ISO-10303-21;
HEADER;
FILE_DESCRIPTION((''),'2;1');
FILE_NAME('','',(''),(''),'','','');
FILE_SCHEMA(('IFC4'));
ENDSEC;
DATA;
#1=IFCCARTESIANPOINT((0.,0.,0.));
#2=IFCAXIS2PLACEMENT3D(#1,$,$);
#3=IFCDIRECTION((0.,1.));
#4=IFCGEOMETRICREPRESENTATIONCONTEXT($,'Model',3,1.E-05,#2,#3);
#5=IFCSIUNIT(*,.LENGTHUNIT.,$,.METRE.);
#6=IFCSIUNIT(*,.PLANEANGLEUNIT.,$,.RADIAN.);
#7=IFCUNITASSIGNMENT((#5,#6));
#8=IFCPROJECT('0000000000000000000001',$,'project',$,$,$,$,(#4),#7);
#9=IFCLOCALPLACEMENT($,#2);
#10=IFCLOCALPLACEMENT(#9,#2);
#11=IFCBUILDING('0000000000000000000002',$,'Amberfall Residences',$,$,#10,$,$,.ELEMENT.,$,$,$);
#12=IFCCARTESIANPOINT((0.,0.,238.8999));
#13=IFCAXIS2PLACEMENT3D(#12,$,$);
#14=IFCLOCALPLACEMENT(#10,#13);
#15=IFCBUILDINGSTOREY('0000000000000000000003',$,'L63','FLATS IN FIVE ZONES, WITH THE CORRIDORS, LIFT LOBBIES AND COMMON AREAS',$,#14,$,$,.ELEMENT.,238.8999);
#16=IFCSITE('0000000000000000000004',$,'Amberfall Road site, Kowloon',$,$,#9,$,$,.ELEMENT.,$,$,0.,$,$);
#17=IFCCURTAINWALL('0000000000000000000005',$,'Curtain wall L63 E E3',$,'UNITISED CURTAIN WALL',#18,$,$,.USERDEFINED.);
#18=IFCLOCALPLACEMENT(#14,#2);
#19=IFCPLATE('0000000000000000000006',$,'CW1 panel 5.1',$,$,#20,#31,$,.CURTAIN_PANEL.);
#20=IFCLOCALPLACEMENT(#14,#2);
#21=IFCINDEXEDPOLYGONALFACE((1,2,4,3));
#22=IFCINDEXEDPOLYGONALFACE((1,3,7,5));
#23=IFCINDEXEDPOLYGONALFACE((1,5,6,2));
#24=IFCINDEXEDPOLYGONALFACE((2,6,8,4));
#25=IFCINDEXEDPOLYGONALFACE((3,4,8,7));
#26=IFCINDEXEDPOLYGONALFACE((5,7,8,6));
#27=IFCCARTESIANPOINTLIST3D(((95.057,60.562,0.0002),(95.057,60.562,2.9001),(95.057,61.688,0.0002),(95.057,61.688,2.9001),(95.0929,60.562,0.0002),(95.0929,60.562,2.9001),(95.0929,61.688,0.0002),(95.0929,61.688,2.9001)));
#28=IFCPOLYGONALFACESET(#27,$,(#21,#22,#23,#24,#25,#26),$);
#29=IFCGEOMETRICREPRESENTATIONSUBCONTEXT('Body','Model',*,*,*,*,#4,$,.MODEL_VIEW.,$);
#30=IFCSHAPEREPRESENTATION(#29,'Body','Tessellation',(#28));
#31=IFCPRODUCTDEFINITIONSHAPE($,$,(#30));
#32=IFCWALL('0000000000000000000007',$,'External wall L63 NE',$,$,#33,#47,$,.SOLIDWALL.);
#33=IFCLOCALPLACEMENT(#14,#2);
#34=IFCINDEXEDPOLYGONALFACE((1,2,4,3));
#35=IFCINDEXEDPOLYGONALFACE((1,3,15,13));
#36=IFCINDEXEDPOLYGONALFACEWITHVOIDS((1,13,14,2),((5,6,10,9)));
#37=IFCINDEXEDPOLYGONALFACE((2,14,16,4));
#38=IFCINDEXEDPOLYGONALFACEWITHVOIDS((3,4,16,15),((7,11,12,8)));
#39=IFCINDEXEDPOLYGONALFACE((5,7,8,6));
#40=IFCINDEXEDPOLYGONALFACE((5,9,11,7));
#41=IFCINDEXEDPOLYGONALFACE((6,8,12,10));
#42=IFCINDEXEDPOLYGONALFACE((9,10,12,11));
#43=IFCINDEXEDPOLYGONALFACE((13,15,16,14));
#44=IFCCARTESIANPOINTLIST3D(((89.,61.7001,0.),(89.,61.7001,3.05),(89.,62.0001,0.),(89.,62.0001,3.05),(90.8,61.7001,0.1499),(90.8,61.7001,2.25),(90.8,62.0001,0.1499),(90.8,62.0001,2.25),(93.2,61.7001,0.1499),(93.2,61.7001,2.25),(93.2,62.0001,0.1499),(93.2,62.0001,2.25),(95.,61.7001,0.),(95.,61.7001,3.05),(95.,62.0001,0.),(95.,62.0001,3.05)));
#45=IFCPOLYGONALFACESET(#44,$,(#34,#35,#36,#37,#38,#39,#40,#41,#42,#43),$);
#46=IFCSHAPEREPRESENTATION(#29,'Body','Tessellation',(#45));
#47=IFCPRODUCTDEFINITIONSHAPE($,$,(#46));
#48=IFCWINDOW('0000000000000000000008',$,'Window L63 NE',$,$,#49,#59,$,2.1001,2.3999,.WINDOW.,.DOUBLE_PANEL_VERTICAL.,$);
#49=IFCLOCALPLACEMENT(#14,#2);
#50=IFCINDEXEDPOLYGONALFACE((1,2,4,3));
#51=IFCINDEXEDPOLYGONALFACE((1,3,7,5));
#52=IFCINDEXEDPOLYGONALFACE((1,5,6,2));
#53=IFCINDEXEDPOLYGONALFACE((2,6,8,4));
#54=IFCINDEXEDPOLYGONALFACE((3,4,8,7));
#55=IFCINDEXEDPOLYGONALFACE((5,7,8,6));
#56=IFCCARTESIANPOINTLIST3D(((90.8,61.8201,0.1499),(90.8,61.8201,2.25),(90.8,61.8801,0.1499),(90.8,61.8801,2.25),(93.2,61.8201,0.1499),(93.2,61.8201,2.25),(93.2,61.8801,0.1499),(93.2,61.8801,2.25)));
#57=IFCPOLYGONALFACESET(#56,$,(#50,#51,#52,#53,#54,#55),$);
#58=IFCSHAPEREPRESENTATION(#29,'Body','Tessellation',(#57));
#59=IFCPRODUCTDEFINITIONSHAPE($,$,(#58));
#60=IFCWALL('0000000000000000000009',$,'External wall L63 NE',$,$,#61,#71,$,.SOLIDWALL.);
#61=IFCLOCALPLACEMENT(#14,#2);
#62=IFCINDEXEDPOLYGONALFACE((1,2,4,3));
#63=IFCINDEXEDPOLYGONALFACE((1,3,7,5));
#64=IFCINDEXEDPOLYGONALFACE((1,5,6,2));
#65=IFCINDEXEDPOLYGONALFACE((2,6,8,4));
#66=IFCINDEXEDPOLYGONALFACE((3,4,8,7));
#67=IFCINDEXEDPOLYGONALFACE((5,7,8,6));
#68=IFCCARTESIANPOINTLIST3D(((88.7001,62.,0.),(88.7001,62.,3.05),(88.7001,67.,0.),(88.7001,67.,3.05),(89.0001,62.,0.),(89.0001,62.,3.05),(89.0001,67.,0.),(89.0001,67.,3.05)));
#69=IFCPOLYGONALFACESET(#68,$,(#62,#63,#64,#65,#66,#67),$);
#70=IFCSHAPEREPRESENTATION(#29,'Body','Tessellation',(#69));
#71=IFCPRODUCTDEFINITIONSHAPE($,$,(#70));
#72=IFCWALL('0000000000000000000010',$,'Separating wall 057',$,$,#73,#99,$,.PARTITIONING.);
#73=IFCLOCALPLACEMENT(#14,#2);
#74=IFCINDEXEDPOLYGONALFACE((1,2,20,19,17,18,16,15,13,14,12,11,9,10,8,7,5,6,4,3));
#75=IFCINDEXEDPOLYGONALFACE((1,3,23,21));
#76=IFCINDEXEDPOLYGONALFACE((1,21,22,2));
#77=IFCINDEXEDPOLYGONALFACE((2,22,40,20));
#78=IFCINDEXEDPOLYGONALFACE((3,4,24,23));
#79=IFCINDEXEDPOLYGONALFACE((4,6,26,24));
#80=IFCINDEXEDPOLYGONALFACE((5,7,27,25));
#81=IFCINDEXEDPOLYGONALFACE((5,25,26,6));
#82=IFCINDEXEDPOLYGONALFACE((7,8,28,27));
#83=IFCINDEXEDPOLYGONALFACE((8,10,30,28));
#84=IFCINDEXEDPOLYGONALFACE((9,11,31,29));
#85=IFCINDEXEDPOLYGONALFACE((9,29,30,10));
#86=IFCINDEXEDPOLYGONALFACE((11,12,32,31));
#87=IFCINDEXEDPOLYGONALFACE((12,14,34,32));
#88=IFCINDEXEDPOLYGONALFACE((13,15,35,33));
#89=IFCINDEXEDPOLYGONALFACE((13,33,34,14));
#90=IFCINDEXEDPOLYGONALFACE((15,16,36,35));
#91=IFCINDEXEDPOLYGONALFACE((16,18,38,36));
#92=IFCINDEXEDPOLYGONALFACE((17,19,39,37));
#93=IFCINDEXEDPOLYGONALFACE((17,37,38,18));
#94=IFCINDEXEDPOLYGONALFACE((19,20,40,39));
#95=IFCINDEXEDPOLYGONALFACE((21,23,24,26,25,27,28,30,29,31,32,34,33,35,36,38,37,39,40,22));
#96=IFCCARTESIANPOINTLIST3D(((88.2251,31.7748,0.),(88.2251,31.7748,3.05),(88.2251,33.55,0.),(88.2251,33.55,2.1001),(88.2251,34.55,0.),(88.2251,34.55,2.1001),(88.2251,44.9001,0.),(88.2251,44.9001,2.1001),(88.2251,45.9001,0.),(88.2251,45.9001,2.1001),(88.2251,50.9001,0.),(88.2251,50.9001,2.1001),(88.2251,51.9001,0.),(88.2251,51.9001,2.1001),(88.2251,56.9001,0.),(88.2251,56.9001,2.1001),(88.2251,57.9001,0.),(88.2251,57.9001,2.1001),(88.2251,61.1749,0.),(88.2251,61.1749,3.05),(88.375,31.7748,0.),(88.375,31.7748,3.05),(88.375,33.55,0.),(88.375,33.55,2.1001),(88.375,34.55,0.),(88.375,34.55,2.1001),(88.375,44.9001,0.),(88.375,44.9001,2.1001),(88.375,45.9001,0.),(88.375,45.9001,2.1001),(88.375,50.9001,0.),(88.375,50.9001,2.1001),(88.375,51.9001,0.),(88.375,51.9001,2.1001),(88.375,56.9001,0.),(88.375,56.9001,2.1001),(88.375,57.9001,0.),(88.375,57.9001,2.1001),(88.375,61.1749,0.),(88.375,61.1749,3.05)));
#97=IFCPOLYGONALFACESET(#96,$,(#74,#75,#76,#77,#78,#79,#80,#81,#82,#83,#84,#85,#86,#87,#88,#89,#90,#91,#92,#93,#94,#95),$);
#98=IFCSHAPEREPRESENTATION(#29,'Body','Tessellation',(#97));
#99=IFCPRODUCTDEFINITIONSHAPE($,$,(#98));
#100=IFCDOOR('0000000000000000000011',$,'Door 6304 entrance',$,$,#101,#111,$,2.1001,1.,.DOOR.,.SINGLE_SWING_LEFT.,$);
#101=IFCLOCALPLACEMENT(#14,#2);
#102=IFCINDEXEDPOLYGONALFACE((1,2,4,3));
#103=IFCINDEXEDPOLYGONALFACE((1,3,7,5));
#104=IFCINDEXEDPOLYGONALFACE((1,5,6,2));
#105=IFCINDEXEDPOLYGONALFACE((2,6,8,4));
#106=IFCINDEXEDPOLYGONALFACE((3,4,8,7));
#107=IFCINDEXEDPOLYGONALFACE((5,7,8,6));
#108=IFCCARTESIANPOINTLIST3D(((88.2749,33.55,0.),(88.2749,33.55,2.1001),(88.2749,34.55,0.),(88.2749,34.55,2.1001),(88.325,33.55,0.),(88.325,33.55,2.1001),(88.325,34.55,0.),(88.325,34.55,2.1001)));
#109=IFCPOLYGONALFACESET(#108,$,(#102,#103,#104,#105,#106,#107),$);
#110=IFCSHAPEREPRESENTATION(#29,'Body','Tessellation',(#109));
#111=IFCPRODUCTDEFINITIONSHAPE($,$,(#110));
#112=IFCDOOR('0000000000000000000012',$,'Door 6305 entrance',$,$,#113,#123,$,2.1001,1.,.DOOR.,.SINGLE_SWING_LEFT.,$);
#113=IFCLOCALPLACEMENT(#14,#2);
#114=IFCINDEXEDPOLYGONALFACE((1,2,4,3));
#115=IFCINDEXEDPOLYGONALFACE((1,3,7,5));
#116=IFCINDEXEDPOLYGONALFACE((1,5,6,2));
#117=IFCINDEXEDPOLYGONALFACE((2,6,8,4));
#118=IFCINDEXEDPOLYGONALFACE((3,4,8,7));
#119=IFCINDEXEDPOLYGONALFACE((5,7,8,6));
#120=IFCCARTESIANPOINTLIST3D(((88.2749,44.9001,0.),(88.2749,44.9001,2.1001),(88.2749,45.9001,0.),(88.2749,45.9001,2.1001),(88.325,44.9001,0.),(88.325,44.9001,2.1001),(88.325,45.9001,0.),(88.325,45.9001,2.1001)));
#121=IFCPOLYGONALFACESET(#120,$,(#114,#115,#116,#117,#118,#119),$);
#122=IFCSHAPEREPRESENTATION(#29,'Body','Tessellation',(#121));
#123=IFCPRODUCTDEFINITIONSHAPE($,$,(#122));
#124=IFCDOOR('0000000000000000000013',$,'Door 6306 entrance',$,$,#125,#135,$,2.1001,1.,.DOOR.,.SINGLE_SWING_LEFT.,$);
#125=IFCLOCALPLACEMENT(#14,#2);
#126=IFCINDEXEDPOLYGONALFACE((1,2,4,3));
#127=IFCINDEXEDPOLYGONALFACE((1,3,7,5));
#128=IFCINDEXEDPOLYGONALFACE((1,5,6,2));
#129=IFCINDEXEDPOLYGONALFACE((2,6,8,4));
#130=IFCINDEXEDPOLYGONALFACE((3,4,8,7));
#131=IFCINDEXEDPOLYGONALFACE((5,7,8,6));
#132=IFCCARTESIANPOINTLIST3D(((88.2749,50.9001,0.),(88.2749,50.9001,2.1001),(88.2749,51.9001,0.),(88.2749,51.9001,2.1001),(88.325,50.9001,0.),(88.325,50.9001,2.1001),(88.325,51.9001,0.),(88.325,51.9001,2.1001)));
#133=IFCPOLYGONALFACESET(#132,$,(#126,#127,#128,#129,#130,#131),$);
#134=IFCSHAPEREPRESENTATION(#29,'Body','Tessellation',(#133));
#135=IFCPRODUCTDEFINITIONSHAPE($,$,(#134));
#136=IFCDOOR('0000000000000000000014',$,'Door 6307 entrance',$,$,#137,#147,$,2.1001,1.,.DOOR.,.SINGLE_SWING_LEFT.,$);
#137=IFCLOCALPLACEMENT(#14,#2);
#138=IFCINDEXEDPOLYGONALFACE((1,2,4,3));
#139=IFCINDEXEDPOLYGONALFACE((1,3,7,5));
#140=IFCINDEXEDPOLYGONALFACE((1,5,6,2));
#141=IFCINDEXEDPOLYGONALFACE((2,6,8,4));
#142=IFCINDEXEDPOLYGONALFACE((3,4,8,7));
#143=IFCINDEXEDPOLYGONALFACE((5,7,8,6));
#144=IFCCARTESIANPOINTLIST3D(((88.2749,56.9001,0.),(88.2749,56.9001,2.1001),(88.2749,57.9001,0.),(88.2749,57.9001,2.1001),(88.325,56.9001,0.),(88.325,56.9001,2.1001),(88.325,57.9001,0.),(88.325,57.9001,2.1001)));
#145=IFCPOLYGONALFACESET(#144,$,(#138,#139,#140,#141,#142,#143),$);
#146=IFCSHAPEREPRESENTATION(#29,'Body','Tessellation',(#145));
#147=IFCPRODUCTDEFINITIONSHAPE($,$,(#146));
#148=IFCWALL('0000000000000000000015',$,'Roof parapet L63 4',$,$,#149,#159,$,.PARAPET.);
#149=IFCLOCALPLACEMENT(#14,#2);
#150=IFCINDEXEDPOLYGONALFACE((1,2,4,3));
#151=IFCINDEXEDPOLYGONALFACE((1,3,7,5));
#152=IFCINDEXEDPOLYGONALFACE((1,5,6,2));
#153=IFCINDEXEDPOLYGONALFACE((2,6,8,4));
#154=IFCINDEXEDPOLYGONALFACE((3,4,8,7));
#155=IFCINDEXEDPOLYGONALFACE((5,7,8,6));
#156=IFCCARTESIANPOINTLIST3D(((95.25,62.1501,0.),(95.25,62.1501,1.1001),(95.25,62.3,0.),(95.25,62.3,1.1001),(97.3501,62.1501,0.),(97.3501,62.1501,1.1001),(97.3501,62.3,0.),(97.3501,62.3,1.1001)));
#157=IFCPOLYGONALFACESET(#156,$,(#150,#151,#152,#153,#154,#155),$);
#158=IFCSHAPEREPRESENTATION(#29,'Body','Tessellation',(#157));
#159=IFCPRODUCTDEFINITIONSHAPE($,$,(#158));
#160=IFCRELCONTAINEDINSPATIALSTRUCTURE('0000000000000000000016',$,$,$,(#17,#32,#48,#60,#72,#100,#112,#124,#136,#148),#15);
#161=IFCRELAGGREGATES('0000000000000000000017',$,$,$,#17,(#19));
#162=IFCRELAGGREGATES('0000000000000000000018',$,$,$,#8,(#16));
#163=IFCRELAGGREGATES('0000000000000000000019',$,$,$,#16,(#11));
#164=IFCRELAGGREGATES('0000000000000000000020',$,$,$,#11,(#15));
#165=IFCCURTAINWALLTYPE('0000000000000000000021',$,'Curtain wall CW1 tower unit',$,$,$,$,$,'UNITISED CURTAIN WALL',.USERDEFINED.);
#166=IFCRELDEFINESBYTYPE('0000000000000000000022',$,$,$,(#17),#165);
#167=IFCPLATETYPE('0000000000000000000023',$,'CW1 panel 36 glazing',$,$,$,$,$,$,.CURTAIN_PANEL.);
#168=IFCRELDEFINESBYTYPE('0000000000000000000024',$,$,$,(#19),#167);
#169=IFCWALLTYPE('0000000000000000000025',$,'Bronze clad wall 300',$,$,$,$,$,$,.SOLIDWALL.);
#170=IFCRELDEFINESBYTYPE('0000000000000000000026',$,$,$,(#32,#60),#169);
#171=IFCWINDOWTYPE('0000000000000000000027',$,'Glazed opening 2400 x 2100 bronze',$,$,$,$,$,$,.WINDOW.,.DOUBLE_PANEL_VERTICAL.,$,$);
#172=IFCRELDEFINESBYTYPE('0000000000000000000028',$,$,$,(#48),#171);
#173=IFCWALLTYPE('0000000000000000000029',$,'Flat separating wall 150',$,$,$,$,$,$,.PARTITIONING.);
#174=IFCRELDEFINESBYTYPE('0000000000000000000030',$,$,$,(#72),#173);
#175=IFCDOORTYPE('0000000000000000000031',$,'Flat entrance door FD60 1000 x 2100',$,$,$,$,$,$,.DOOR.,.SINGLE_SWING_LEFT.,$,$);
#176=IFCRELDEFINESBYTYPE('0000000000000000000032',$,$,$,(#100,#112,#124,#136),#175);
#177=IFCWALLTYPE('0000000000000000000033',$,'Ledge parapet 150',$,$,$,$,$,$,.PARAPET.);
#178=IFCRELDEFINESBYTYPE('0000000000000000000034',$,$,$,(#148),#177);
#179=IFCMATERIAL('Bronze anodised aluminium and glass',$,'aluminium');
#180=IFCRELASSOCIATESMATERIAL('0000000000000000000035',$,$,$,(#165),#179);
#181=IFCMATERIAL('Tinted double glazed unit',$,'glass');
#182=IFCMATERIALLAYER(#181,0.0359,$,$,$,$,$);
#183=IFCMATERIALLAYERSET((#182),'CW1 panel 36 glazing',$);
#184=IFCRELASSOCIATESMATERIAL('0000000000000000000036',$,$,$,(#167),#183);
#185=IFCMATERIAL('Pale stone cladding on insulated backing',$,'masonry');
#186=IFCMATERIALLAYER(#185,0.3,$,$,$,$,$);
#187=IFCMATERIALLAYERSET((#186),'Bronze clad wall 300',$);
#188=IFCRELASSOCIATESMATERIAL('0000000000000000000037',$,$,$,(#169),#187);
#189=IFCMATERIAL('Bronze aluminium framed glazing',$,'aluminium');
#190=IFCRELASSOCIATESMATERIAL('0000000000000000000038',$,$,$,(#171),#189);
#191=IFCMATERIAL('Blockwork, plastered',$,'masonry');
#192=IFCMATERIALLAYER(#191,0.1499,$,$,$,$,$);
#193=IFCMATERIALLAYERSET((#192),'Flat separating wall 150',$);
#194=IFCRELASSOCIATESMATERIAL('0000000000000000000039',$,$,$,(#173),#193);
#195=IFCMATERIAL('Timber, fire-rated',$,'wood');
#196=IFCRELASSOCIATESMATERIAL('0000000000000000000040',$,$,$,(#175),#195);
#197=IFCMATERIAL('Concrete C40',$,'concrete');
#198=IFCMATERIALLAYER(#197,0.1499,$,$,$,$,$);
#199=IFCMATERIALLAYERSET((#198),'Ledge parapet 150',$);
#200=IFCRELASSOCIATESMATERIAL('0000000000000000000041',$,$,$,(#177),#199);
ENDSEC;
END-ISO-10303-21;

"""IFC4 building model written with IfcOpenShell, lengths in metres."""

from ifc_helpers import new_model, si_unit, direction, frame, frame_2d, origin, origin_2d, place, context, subcontext, project, spatial, rectangle, extrude, material, layer, layer_set, type_object, element, fill, aggregate, save


model = new_model("IFC4")

# Units and contexts
model_context = context("Model", 3, precision=1e-05, world=origin(), true_north=direction((0.0, 1.0)))
body_context = subcontext(model_context, "Body", "Model", "MODEL_VIEW")
ifc_project = project(units=[si_unit("LENGTHUNIT", "METRE"), si_unit("PLANEANGLEUNIT", "RADIAN")], contexts=[model_context])

# Site, building, storey
site_placement = place(None, origin())
site = spatial("IfcSite", under=ifc_project, at=site_placement, Name="Amberfall Road site, Kowloon", CompositionType="ELEMENT", RefElevation=0.0)
building_placement = place(site_placement, origin())
building = spatial("IfcBuilding", under=site, at=building_placement, Name="Amberfall Residences", CompositionType="ELEMENT")
storey_placement = place(building_placement, frame((0.0, 0.0, 238.8999)))
storey = spatial("IfcBuildingStorey", under=building, at=storey_placement, Name="L63", Description="FLATS IN FIVE ZONES, WITH THE CORRIDORS, LIFT LOBBIES AND COMMON AREAS", CompositionType="ELEMENT", Elevation=238.8999)

# Curtain wall
ifc_material_1 = material(Name="Bronze anodised aluminium and glass", Category="aluminium")
curtain_wall_type = type_object("IfcCurtainWallType", Name="Curtain wall CW1 tower unit", ElementType="UNITISED CURTAIN WALL", PredefinedType="USERDEFINED", material=ifc_material_1)
curtain_wall_1_placement = place(storey_placement, origin())
curtain_wall_1 = element("IfcCurtainWall", 1, at=curtain_wall_1_placement, inside=storey, type_object=curtain_wall_type, Name="Curtain wall L63 E E3", ObjectType="UNITISED CURTAIN WALL", PredefinedType="USERDEFINED")

# Plate
ifc_material_2 = material(Name="Tinted double glazed unit", Category="glass")
ifc_layer_1 = layer(ifc_material_2, 0.0359)
ifc_layer_set_1 = layer_set([ifc_layer_1], Name="CW1 panel 36 glazing")
plate_type = type_object("IfcPlateType", Name="CW1 panel 36 glazing", PredefinedType="CURTAIN_PANEL", material=ifc_layer_set_1)
plate_placement = place(storey_placement, frame((95.075, 61.125, 0.0002), z_axis=(0.0, 0.0, 1.0), x_axis=(0.0, 1.0, 0.0)))
plate = element("IfcPlate", 2, at=plate_placement, type_object=plate_type, Name="CW1 panel 5.1", PredefinedType="CURTAIN_PANEL", context=body_context, shape_type="SweptSolid", body=[
    extrude(rectangle(XDim=1.126, YDim=0.0359, at=origin_2d()), origin(), (0.0, 0.0, 1.0), 2.8999),
])
aggregate(curtain_wall_1, [plate])

# Wall, opening, window
ifc_material_3 = material(Name="Pale stone cladding on insulated backing", Category="masonry")
ifc_layer_2 = layer(ifc_material_3, 0.3)
ifc_layer_set_2 = layer_set([ifc_layer_2], Name="Bronze clad wall 300")
wall_type_1 = type_object("IfcWallType", Name="Bronze clad wall 300", PredefinedType="SOLIDWALL", material=ifc_layer_set_2)
wall_1_placement = place(storey_placement, frame((95.0, 61.8501, 0.0), z_axis=(0.0, 0.0, 1.0), x_axis=(-1.0, 0.0, 0.0)))
wall_1 = element("IfcWall", 3, at=wall_1_placement, inside=storey, type_object=wall_type_1, Name="External wall L63 NE", PredefinedType="SOLIDWALL", context=body_context, shape_type="SweptSolid", body=[
    extrude(rectangle(XDim=6.0, YDim=0.3, at=frame_2d((3.0, 0.0))), origin(), (0.0, 0.0, 1.0), 3.05),
])
opening_1_placement = place(wall_1_placement, frame((1.8, 0.0, 0.1499)))
opening_1 = element("IfcOpeningElement", 4, at=opening_1_placement, cuts=wall_1, PredefinedType="OPENING", context=body_context, shape_type="SweptSolid", body=[
    extrude(rectangle(XDim=2.3999, YDim=2.1001, at=frame_2d((1.2, 1.05))), frame((0.0, 0.1599, 0.0), z_axis=(0.0, -1.0, 0.0), x_axis=(1.0, 0.0, 0.0)), (0.0, 0.0, 1.0), 0.3201),
])
ifc_material_4 = material(Name="Bronze aluminium framed glazing", Category="aluminium")
window_type = type_object("IfcWindowType", Name="Glazed opening 2400 x 2100 bronze", PartitioningType="DOUBLE_PANEL_VERTICAL", PredefinedType="WINDOW", material=ifc_material_4)
window_placement = place(opening_1_placement, origin())
window = element("IfcWindow", 5, at=window_placement, inside=storey, type_object=window_type, Name="Window L63 NE", OverallHeight=2.1001, OverallWidth=2.3999, PartitioningType="DOUBLE_PANEL_VERTICAL", PredefinedType="WINDOW", context=body_context, shape_type="SweptSolid", body=[
    extrude(rectangle(XDim=2.3999, YDim=2.1001, at=frame_2d((1.2, 1.05))), frame((0.0, 0.03, 0.0), z_axis=(0.0, -1.0, 0.0), x_axis=(1.0, 0.0, 0.0)), (0.0, 0.0, 1.0), 0.0601),
])
fill(opening_1, window)

# Wall
wall_2_placement = place(storey_placement, frame((88.8501, 62.0, 0.0), z_axis=(0.0, 0.0, 1.0), x_axis=(0.0, 1.0, 0.0)))
element("IfcWall", 6, at=wall_2_placement, inside=storey, type_object=wall_type_1, Name="External wall L63 NE", PredefinedType="SOLIDWALL", context=body_context, shape_type="SweptSolid", body=[
    extrude(rectangle(XDim=5.0, YDim=0.3, at=frame_2d((2.5, 0.0))), origin(), (0.0, 0.0, 1.0), 3.05),
])

# Wall, openings, doors
ifc_material_5 = material(Name="Blockwork, plastered", Category="masonry")
ifc_layer_3 = layer(ifc_material_5, 0.1499)
ifc_layer_set_3 = layer_set([ifc_layer_3], Name="Flat separating wall 150")
wall_type_2 = type_object("IfcWallType", Name="Flat separating wall 150", PredefinedType="PARTITIONING", material=ifc_layer_set_3)
wall_3_placement = place(storey_placement, frame((88.3, 61.175, 0.0), z_axis=(0.0, 0.0, 1.0), x_axis=(0.0, -1.0, 0.0)))
wall_3 = element("IfcWall", 7, at=wall_3_placement, inside=storey, type_object=wall_type_2, Name="Separating wall 057", PredefinedType="PARTITIONING", context=body_context, shape_type="SweptSolid", body=[
    extrude(rectangle(XDim=29.4001, YDim=0.1499, at=frame_2d((14.7002, 0.0))), origin(), (0.0, 0.0, 1.0), 3.05),
])
opening_2_placement = place(wall_3_placement, frame((26.625, 0.0, 0.0)))
opening_2 = element("IfcOpeningElement", 8, at=opening_2_placement, cuts=wall_3, PredefinedType="OPENING", context=body_context, shape_type="SweptSolid", body=[
    extrude(rectangle(XDim=1.0, YDim=2.1001, at=frame_2d((0.5, 1.05))), frame((0.0, 0.085, 0.0), z_axis=(0.0, -1.0, 0.0), x_axis=(1.0, 0.0, 0.0)), (0.0, 0.0, 1.0), 0.1699),
])
opening_3_placement = place(wall_3_placement, frame((15.2749, 0.0, 0.0)))
opening_3 = element("IfcOpeningElement", 9, at=opening_3_placement, cuts=wall_3, PredefinedType="OPENING", context=body_context, shape_type="SweptSolid", body=[
    extrude(rectangle(XDim=1.0, YDim=2.1001, at=frame_2d((0.5, 1.05))), frame((0.0, 0.085, 0.0), z_axis=(0.0, -1.0, 0.0), x_axis=(1.0, 0.0, 0.0)), (0.0, 0.0, 1.0), 0.1699),
])
opening_4_placement = place(wall_3_placement, frame((9.2749, 0.0, 0.0)))
opening_4 = element("IfcOpeningElement", 10, at=opening_4_placement, cuts=wall_3, PredefinedType="OPENING", context=body_context, shape_type="SweptSolid", body=[
    extrude(rectangle(XDim=1.0, YDim=2.1001, at=frame_2d((0.5, 1.05))), frame((0.0, 0.085, 0.0), z_axis=(0.0, -1.0, 0.0), x_axis=(1.0, 0.0, 0.0)), (0.0, 0.0, 1.0), 0.1699),
])
opening_5_placement = place(wall_3_placement, frame((3.2749, 0.0, 0.0)))
opening_5 = element("IfcOpeningElement", 11, at=opening_5_placement, cuts=wall_3, PredefinedType="OPENING", context=body_context, shape_type="SweptSolid", body=[
    extrude(rectangle(XDim=1.0, YDim=2.1001, at=frame_2d((0.5, 1.05))), frame((0.0, 0.085, 0.0), z_axis=(0.0, -1.0, 0.0), x_axis=(1.0, 0.0, 0.0)), (0.0, 0.0, 1.0), 0.1699),
])
ifc_material_6 = material(Name="Timber, fire-rated", Category="wood")
door_type = type_object("IfcDoorType", Name="Flat entrance door FD60 1000 x 2100", OperationType="SINGLE_SWING_LEFT", PredefinedType="DOOR", material=ifc_material_6)
door_1_placement = place(opening_2_placement, origin())
door_1 = element("IfcDoor", 12, at=door_1_placement, inside=storey, type_object=door_type, Name="Door 6304 entrance", OperationType="SINGLE_SWING_LEFT", OverallHeight=2.1001, OverallWidth=1.0, PredefinedType="DOOR", context=body_context, shape_type="SweptSolid", body=[
    extrude(rectangle(XDim=1.0, YDim=2.1001, at=frame_2d((0.5, 1.05))), frame((0.0, 0.0249, 0.0), z_axis=(0.0, -1.0, 0.0), x_axis=(1.0, 0.0, 0.0)), (0.0, 0.0, 1.0), 0.05),
])
fill(opening_2, door_1)
door_2_placement = place(opening_3_placement, origin())
door_2 = element("IfcDoor", 13, at=door_2_placement, inside=storey, type_object=door_type, Name="Door 6305 entrance", OperationType="SINGLE_SWING_LEFT", OverallHeight=2.1001, OverallWidth=1.0, PredefinedType="DOOR", context=body_context, shape_type="SweptSolid", body=[
    extrude(rectangle(XDim=1.0, YDim=2.1001, at=frame_2d((0.5, 1.05))), frame((0.0, 0.0249, 0.0), z_axis=(0.0, -1.0, 0.0), x_axis=(1.0, 0.0, 0.0)), (0.0, 0.0, 1.0), 0.05),
])
fill(opening_3, door_2)
door_3_placement = place(opening_4_placement, origin())
door_3 = element("IfcDoor", 14, at=door_3_placement, inside=storey, type_object=door_type, Name="Door 6306 entrance", OperationType="SINGLE_SWING_LEFT", OverallHeight=2.1001, OverallWidth=1.0, PredefinedType="DOOR", context=body_context, shape_type="SweptSolid", body=[
    extrude(rectangle(XDim=1.0, YDim=2.1001, at=frame_2d((0.5, 1.05))), frame((0.0, 0.0249, 0.0), z_axis=(0.0, -1.0, 0.0), x_axis=(1.0, 0.0, 0.0)), (0.0, 0.0, 1.0), 0.05),
])
fill(opening_4, door_3)
door_4_placement = place(opening_5_placement, origin())
door_4 = element("IfcDoor", 15, at=door_4_placement, inside=storey, type_object=door_type, Name="Door 6307 entrance", OperationType="SINGLE_SWING_LEFT", OverallHeight=2.1001, OverallWidth=1.0, PredefinedType="DOOR", context=body_context, shape_type="SweptSolid", body=[
    extrude(rectangle(XDim=1.0, YDim=2.1001, at=frame_2d((0.5, 1.05))), frame((0.0, 0.0249, 0.0), z_axis=(0.0, -1.0, 0.0), x_axis=(1.0, 0.0, 0.0)), (0.0, 0.0, 1.0), 0.05),
])
fill(opening_5, door_4)

# Wall
ifc_material_7 = material(Name="Concrete C40", Category="concrete")
ifc_layer_4 = layer(ifc_material_7, 0.1499)
ifc_layer_set_4 = layer_set([ifc_layer_4], Name="Ledge parapet 150")
wall_type_3 = type_object("IfcWallType", Name="Ledge parapet 150", PredefinedType="PARAPET", material=ifc_layer_set_4)
wall_4_placement = place(storey_placement, frame((97.3501, 62.2251, 0.0), z_axis=(0.0, 0.0, 1.0), x_axis=(-1.0, 0.0, 0.0)))
element("IfcWall", 16, at=wall_4_placement, inside=storey, type_object=wall_type_3, Name="Roof parapet L63 4", PredefinedType="PARAPET", context=body_context, shape_type="SweptSolid", body=[
    extrude(rectangle(XDim=2.1001, YDim=0.1499, at=frame_2d((1.05, 0.0))), origin(), (0.0, 0.0, 1.0), 1.1001),
])

save(model, "model.ifc")
